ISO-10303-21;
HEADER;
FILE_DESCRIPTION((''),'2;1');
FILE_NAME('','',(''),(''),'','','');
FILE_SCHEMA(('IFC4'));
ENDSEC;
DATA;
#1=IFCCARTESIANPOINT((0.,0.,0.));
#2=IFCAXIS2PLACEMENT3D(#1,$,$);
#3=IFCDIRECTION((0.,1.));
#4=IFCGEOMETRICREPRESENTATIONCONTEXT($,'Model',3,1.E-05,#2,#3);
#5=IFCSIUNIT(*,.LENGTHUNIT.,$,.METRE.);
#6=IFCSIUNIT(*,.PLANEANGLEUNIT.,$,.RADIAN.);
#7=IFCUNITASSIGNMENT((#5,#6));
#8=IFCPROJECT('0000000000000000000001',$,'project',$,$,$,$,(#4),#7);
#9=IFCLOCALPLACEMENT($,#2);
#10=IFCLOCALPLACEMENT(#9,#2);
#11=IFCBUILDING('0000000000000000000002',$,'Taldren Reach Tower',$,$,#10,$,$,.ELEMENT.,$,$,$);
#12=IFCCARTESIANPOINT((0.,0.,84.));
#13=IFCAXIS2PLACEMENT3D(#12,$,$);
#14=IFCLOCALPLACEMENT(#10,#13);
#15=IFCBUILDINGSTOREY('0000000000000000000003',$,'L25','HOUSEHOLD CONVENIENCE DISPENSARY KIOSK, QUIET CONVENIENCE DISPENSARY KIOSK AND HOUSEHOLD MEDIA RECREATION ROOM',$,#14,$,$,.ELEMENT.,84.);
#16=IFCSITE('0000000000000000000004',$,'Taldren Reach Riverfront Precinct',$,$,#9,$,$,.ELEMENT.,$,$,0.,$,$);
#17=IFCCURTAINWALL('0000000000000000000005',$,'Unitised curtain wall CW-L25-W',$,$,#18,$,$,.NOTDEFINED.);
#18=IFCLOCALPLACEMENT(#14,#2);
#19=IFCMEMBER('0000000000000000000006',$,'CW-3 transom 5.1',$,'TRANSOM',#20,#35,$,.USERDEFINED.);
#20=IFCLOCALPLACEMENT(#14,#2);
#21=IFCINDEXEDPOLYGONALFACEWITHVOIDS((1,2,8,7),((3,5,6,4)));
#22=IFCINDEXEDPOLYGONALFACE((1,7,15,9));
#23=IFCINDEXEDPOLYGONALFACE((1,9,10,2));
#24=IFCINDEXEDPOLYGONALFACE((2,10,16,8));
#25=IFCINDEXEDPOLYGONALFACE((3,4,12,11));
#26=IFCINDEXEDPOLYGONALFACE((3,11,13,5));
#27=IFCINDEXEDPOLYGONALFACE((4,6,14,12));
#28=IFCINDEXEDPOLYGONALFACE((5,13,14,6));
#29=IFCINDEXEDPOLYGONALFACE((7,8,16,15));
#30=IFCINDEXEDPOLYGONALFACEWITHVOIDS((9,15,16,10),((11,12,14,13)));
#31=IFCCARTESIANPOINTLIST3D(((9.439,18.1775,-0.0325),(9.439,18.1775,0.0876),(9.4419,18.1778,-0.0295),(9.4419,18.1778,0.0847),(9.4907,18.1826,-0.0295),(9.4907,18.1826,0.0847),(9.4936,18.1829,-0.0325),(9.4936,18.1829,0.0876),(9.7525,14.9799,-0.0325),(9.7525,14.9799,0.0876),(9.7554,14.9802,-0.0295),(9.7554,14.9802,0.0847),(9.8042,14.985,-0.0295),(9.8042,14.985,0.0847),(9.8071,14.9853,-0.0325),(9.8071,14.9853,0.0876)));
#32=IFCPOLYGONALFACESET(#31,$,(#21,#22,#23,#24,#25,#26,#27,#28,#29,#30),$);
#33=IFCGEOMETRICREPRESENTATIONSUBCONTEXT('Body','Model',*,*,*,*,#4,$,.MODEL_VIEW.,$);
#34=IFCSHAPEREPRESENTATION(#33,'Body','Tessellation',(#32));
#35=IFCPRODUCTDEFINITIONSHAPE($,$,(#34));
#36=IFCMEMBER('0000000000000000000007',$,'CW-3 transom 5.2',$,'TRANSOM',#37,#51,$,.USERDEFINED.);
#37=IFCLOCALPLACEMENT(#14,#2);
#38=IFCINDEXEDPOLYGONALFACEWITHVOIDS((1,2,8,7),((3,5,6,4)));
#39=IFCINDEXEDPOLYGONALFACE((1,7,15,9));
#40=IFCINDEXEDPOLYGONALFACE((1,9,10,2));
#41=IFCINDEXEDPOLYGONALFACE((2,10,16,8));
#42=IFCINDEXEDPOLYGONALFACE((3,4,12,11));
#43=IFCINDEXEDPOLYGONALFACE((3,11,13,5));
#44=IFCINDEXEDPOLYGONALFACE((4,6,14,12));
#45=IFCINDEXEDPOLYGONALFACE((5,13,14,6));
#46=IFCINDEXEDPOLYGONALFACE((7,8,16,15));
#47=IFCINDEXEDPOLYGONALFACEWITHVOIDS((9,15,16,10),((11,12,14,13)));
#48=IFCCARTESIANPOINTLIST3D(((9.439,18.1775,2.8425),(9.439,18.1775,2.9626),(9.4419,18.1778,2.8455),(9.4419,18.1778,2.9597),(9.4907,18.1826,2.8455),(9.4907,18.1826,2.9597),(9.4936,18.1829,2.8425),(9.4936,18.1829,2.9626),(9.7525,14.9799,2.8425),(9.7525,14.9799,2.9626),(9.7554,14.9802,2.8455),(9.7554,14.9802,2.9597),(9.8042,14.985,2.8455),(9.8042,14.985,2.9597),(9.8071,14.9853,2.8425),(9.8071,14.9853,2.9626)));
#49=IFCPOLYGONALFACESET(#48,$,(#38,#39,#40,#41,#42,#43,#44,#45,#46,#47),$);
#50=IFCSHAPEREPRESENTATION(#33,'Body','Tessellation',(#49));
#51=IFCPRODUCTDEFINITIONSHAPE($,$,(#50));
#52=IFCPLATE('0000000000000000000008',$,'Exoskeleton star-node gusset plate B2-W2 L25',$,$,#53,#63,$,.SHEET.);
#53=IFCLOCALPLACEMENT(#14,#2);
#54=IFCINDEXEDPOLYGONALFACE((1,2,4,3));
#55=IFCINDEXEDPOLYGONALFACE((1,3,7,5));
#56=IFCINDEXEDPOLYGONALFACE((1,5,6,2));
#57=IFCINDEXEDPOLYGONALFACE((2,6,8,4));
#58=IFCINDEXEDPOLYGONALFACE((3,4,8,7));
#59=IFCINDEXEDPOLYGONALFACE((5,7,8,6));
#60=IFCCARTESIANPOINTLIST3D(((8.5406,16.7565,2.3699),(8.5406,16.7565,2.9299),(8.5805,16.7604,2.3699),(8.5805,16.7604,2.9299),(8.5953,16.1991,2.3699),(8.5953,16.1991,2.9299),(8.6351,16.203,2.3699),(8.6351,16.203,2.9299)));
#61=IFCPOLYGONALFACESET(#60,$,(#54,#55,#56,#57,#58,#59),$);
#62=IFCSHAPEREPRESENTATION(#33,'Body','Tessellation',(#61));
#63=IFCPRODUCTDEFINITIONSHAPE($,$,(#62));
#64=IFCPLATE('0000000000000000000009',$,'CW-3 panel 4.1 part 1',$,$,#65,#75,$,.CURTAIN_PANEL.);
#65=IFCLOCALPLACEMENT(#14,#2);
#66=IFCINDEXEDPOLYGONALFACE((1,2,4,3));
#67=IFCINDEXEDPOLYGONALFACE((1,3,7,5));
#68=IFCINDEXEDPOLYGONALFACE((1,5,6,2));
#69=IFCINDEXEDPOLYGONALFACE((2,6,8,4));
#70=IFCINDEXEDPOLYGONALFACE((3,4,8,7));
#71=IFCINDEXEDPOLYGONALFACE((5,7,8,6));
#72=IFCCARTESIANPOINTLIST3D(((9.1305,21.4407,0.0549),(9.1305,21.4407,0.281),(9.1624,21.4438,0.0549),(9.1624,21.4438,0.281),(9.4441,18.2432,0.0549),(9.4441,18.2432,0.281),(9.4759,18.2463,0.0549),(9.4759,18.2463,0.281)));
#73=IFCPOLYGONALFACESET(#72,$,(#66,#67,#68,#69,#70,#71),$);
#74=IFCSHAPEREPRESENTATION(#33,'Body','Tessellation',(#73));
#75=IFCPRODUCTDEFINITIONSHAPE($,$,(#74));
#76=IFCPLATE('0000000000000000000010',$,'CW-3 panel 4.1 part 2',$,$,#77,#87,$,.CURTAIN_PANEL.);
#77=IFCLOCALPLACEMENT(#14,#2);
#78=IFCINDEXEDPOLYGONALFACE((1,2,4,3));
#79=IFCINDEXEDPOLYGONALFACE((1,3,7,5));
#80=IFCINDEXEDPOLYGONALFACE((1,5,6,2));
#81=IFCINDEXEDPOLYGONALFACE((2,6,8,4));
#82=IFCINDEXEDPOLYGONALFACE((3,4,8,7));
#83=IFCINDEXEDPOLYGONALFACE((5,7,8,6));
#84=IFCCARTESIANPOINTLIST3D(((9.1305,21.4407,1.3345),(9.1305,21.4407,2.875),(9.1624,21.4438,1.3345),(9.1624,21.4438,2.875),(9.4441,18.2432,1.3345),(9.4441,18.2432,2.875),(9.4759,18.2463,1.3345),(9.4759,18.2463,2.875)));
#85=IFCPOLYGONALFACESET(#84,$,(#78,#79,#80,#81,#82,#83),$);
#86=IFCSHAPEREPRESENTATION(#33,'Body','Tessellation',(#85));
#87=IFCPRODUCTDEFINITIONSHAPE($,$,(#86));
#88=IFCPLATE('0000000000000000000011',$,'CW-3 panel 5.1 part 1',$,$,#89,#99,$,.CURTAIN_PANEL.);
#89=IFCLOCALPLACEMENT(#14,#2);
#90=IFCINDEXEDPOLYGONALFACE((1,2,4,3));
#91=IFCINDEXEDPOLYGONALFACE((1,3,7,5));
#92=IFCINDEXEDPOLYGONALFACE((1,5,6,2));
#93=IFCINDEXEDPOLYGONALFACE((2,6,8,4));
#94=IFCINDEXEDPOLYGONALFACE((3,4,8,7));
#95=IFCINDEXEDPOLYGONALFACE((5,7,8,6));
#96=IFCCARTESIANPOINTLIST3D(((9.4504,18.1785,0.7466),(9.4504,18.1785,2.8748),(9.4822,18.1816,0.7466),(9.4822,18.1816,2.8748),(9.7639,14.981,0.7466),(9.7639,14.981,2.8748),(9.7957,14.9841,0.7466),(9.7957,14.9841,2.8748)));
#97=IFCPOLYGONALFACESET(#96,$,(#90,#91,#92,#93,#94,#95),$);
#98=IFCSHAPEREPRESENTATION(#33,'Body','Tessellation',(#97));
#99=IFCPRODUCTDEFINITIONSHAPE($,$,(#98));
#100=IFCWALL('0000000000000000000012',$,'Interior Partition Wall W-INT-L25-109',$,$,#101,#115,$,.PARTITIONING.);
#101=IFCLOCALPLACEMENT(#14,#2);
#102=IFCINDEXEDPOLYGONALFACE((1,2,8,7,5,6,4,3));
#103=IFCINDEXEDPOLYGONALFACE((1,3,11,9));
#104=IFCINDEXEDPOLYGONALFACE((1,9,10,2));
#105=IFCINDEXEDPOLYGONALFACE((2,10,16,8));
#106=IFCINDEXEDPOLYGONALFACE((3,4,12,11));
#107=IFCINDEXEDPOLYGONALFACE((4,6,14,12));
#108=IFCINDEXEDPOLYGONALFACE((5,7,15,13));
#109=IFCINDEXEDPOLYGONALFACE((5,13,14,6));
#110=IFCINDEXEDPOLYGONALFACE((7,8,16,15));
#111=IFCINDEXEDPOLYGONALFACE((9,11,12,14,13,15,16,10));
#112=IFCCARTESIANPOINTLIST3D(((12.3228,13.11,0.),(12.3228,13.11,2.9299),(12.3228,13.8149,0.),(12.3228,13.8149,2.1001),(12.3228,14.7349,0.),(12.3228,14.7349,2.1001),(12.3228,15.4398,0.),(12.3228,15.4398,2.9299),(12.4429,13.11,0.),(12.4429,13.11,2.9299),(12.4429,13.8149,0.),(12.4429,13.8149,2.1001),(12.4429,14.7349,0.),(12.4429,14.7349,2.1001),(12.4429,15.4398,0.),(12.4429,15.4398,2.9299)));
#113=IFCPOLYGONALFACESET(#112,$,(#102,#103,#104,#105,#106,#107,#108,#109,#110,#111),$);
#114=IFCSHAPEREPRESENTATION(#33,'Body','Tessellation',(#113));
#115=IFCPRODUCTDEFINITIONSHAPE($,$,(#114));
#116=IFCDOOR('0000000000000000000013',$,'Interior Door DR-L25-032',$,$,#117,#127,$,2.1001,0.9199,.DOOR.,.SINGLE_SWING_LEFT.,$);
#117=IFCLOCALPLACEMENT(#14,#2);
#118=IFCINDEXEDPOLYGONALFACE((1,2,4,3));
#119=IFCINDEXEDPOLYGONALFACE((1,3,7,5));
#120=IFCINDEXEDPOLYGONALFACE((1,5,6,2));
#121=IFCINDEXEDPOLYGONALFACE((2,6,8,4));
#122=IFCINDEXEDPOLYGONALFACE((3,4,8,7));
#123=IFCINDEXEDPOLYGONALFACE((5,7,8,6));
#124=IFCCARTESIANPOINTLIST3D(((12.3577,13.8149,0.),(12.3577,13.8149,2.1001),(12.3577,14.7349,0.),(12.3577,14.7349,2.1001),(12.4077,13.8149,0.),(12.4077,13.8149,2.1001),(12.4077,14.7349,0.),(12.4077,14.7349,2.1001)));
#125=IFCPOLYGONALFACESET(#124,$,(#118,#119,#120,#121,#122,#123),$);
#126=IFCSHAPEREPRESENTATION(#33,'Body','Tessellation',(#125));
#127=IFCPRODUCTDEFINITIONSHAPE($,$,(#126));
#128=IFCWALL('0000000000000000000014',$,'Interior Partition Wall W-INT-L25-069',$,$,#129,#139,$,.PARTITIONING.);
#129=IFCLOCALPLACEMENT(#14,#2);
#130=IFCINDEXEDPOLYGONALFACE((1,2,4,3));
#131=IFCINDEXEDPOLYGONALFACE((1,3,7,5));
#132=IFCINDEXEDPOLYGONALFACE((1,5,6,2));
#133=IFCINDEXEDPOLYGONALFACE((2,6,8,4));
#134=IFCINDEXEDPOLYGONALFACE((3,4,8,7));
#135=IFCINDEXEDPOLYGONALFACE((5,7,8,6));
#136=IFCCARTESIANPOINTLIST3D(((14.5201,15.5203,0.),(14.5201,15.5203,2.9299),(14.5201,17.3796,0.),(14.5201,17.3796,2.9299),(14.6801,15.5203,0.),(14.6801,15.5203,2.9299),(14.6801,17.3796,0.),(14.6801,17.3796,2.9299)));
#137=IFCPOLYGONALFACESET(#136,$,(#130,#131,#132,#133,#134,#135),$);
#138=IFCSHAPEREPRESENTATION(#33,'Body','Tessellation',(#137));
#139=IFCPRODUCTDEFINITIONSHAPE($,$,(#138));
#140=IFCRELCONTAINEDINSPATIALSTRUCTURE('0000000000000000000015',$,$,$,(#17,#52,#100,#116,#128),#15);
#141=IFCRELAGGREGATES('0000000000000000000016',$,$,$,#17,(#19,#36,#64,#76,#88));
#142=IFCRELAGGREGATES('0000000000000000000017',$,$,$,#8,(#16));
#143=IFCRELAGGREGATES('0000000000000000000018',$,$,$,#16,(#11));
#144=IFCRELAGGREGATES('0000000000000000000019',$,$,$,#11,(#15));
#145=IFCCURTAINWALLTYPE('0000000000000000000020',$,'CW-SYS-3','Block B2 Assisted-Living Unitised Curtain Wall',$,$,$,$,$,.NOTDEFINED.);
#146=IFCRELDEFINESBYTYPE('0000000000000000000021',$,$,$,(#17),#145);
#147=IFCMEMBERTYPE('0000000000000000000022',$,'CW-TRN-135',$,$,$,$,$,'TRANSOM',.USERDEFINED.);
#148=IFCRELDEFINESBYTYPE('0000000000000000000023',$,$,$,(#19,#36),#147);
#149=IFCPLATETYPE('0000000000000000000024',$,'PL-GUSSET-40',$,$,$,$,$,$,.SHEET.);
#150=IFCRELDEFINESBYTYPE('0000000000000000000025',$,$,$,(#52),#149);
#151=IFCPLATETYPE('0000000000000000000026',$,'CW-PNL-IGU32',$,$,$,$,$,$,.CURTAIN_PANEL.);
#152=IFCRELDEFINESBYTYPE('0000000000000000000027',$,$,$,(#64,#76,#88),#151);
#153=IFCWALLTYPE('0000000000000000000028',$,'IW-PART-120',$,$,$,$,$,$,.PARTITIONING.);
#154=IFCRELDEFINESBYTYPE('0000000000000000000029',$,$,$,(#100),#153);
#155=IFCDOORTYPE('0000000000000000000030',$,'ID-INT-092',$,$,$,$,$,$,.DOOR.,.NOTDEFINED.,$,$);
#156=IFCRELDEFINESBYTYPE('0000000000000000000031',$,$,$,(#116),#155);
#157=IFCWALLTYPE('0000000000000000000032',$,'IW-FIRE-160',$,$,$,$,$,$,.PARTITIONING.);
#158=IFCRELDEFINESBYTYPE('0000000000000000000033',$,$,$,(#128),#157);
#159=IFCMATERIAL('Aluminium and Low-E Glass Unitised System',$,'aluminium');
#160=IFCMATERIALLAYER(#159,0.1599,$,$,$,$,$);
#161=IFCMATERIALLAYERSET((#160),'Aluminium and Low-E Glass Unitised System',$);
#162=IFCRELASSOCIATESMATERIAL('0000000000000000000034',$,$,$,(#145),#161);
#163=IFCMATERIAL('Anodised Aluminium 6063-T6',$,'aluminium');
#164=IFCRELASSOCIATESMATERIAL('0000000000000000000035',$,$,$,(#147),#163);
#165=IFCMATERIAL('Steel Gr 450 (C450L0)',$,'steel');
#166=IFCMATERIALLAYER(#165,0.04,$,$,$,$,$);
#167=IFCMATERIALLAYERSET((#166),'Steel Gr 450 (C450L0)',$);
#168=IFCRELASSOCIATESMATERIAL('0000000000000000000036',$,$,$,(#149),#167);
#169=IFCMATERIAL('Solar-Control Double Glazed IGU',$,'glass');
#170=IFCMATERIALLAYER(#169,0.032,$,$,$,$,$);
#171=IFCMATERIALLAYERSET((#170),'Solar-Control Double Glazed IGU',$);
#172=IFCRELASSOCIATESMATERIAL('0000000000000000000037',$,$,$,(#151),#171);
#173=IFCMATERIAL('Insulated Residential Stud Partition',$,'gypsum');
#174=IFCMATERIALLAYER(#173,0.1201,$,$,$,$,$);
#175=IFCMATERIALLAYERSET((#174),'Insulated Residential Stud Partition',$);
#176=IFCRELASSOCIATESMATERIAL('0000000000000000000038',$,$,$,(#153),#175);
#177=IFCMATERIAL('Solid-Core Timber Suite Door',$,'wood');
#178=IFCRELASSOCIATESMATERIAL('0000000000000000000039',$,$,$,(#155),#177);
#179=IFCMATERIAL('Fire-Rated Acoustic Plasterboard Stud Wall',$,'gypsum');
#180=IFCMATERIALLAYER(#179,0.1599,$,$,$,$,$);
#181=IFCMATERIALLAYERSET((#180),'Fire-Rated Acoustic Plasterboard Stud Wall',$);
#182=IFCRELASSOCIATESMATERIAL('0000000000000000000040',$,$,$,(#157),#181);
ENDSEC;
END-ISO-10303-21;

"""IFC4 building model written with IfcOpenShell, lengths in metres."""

from ifc_helpers import new_model, si_unit, direction, frame, frame_2d, origin, origin_2d, place, context, subcontext, project, spatial, rectangle, hollow_rectangle, extrude, source, transform, mapped, material, layer, layer_set, material_profile, profile_set, type_object, element, fill, aggregate, save


model = new_model("IFC4")

# Units and contexts
model_context = context("Model", 3, precision=1e-05, world=origin(), true_north=direction((0.0, 1.0)))
body_context = subcontext(model_context, "Body", "Model", "MODEL_VIEW")
ifc_project = project(units=[si_unit("LENGTHUNIT", "METRE"), si_unit("PLANEANGLEUNIT", "RADIAN")], contexts=[model_context])

# Site, building, storey
site_placement = place(None, origin())
site = spatial("IfcSite", under=ifc_project, at=site_placement, Name="Taldren Reach Riverfront Precinct", CompositionType="ELEMENT", RefElevation=0.0)
building_placement = place(site_placement, origin())
building = spatial("IfcBuilding", under=site, at=building_placement, Name="Taldren Reach Tower", CompositionType="ELEMENT")
storey_placement = place(building_placement, frame((0.0, 0.0, 84.0)))
storey = spatial("IfcBuildingStorey", under=building, at=storey_placement, Name="L25", Description="HOUSEHOLD CONVENIENCE DISPENSARY KIOSK, QUIET CONVENIENCE DISPENSARY KIOSK AND HOUSEHOLD MEDIA RECREATION ROOM", CompositionType="ELEMENT", Elevation=84.0)

# Shared definitions
ifc_material_1 = material(Name="Steel Gr 450 (C450L0)", Category="steel")

# Curtain wall, members
ifc_material_2 = material(Name="Aluminium and Low-E Glass Unitised System", Category="aluminium")
ifc_layer_1 = layer(ifc_material_2, 0.1599)
ifc_layer_set_1 = layer_set([ifc_layer_1], Name="Aluminium and Low-E Glass Unitised System")
curtain_wall_type = type_object("IfcCurtainWallType", Name="CW-SYS-3", Description="Block B2 Assisted-Living Unitised Curtain Wall", PredefinedType="NOTDEFINED", material=ifc_layer_set_1)
curtain_wall_placement = place(storey_placement, origin())
curtain_wall = element("IfcCurtainWall", 1, at=curtain_wall_placement, inside=storey, type_object=curtain_wall_type, Name="Unitised curtain wall CW-L25-W", PredefinedType="NOTDEFINED")
ifc_material_3 = material(Name="Anodised Aluminium 6063-T6", Category="aluminium")
ifc_material_profile_1 = material_profile(ifc_material_3, hollow_rectangle(XDim=0.0549, YDim=0.1201, WallThickness=0.0029, at=origin_2d()), Name="ALU-120x55x3RHS")
ifc_profile_set_1 = profile_set([ifc_material_profile_1], Name="Anodised Aluminium 6063-T6")
member_type_1 = type_object("IfcMemberType", Name="CW-TRN-135", ElementType="TRANSOM", PredefinedType="USERDEFINED", material=ifc_profile_set_1)
shared_shape_1 = source(origin(), body_context, "Body", "SweptSolid", [
    extrude(hollow_rectangle(XDim=0.0549, YDim=0.1201, WallThickness=0.0029, at=origin_2d()), origin(), (0.0, 0.0, 1.0), 3.2129),
])
member_1_placement = place(storey_placement, frame((9.4663, 18.1802, 0.0276), z_axis=(0.09757, -0.995229, 0.0), x_axis=(0.995229, 0.09757, 0.0)))
member_1 = element("IfcMember", 2, at=member_1_placement, type_object=member_type_1, Name="CW-3 transom 5.1", ObjectType="TRANSOM", PredefinedType="USERDEFINED", context=body_context, shape_type="MappedRepresentation", body=[
    mapped(shared_shape_1, transform((0.0, 0.0, 0.0), scale=1.0)),
])
member_2_placement = place(storey_placement, frame((9.4663, 18.1802, 2.9026), z_axis=(0.09757, -0.995229, 0.0), x_axis=(0.995229, 0.09757, 0.0)))
member_2 = element("IfcMember", 3, at=member_2_placement, type_object=member_type_1, Name="CW-3 transom 5.2", ObjectType="TRANSOM", PredefinedType="USERDEFINED", context=body_context, shape_type="MappedRepresentation", body=[
    mapped(shared_shape_1, transform((0.0, 0.0, 0.0), scale=1.0)),
])

# Plates
ifc_layer_2 = layer(ifc_material_1, 0.04)
ifc_layer_set_2 = layer_set([ifc_layer_2], Name="Steel Gr 450 (C450L0)")
plate_type_1 = type_object("IfcPlateType", Name="PL-GUSSET-40", PredefinedType="SHEET", material=ifc_layer_set_2)
shared_shape_2 = source(origin(), body_context, "Body", "SweptSolid", [
    extrude(rectangle(XDim=0.5601, YDim=0.04, at=origin_2d()), origin(), (0.0, 0.0, 1.0), 0.5601),
])
plate_1_placement = place(storey_placement, frame((8.5879, 16.4797, 2.3699), z_axis=(0.0, 0.0, 1.0), x_axis=(-0.097583, 0.995227, 0.0)))
element("IfcPlate", 4, at=plate_1_placement, inside=storey, type_object=plate_type_1, Name="Exoskeleton star-node gusset plate B2-W2 L25", PredefinedType="SHEET", context=body_context, shape_type="MappedRepresentation", body=[
    mapped(shared_shape_2, transform((0.0, 0.0, 0.0), scale=1.0)),
])
ifc_material_4 = material(Name="Solar-Control Double Glazed IGU", Category="glass")
ifc_layer_3 = layer(ifc_material_4, 0.032)
ifc_layer_set_3 = layer_set([ifc_layer_3], Name="Solar-Control Double Glazed IGU")
plate_type_2 = type_object("IfcPlateType", Name="CW-PNL-IGU32", PredefinedType="CURTAIN_PANEL", material=ifc_layer_set_3)
shared_shape_3 = source(origin(), body_context, "Body", "SweptSolid", [
    extrude(rectangle(XDim=3.2129, YDim=0.032, at=origin_2d()), origin(), (0.0, 0.0, 1.0), 0.2261),
])
plate_2_placement = place(storey_placement, frame((9.3032, 19.8435, 0.0549), z_axis=(0.0, 0.0, 1.0), x_axis=(0.097583, -0.995227, 0.0)))
plate_2 = element("IfcPlate", 5, at=plate_2_placement, type_object=plate_type_2, Name="CW-3 panel 4.1 part 1", PredefinedType="CURTAIN_PANEL", context=body_context, shape_type="MappedRepresentation", body=[
    mapped(shared_shape_3, transform((0.0, 0.0, 0.0), scale=1.0)),
])
shared_shape_4 = source(origin(), body_context, "Body", "SweptSolid", [
    extrude(rectangle(XDim=3.2129, YDim=0.032, at=origin_2d()), origin(), (0.0, 0.0, 1.0), 1.5405),
])
plate_3_placement = place(storey_placement, frame((9.3032, 19.8435, 1.3345), z_axis=(0.0, 0.0, 1.0), x_axis=(0.097583, -0.995227, 0.0)))
plate_3 = element("IfcPlate", 6, at=plate_3_placement, type_object=plate_type_2, Name="CW-3 panel 4.1 part 2", PredefinedType="CURTAIN_PANEL", context=body_context, shape_type="MappedRepresentation", body=[
    mapped(shared_shape_4, transform((0.0, 0.0, 0.0), scale=1.0)),
])
shared_shape_5 = source(origin(), body_context, "Body", "SweptSolid", [
    extrude(rectangle(XDim=3.2129, YDim=0.032, at=origin_2d()), origin(), (0.0, 0.0, 1.0), 2.1282),
])
plate_4_placement = place(storey_placement, frame((9.623, 16.5813, 0.7466), z_axis=(0.0, 0.0, 1.0), x_axis=(0.097583, -0.995227, 0.0)))
plate_4 = element("IfcPlate", 7, at=plate_4_placement, type_object=plate_type_2, Name="CW-3 panel 5.1 part 1", PredefinedType="CURTAIN_PANEL", context=body_context, shape_type="MappedRepresentation", body=[
    mapped(shared_shape_5, transform((0.0, 0.0, 0.0), scale=1.0)),
])
aggregate(curtain_wall, [member_1, member_2, plate_2, plate_3, plate_4])

# Wall, opening, door
ifc_material_5 = material(Name="Insulated Residential Stud Partition", Category="gypsum")
ifc_layer_4 = layer(ifc_material_5, 0.1201)
ifc_layer_set_4 = layer_set([ifc_layer_4], Name="Insulated Residential Stud Partition")
wall_type_1 = type_object("IfcWallType", Name="IW-PART-120", PredefinedType="PARTITIONING", material=ifc_layer_set_4)
shared_shape_6 = source(origin(), body_context, "Body", "SweptSolid", [
    extrude(rectangle(XDim=2.3298, YDim=0.1201, at=frame_2d((1.165, 0.0))), origin(), (0.0, 0.0, 1.0), 2.9299),
])
wall_1_placement = place(storey_placement, frame((12.3828, 15.4399, 0.0), z_axis=(0.0, 0.0, 1.0), x_axis=(0.0, -1.0, 0.0)))
wall_1 = element("IfcWall", 8, at=wall_1_placement, inside=storey, type_object=wall_type_1, Name="Interior Partition Wall W-INT-L25-109", PredefinedType="PARTITIONING", context=body_context, shape_type="MappedRepresentation", body=[
    mapped(shared_shape_6, transform((0.0, 0.0, 0.0), scale=1.0)),
])
shared_shape_7 = source(origin(), body_context, "Body", "SweptSolid", [
    extrude(rectangle(XDim=0.9199, YDim=2.1001, at=frame_2d((0.46, 1.05))), frame((0.0, 0.0701, 0.0), z_axis=(0.0, -1.0, 0.0), x_axis=(1.0, 0.0, 0.0)), (0.0, 0.0, 1.0), 0.1401),
])
opening_1_placement = place(wall_1_placement, frame((0.7051, 0.0, 0.0)))
opening_1 = element("IfcOpeningElement", 9, at=opening_1_placement, cuts=wall_1, PredefinedType="OPENING", context=body_context, shape_type="MappedRepresentation", body=[
    mapped(shared_shape_7, transform((0.0, 0.0, 0.0), scale=1.0)),
])
ifc_material_6 = material(Name="Solid-Core Timber Suite Door", Category="wood")
door_type_1 = type_object("IfcDoorType", Name="ID-INT-092", OperationType="NOTDEFINED", PredefinedType="DOOR", material=ifc_material_6)
shared_shape_8 = source(origin(), body_context, "Body", "SweptSolid", [
    extrude(rectangle(XDim=0.9199, YDim=2.1001, at=frame_2d((0.46, 1.05))), frame((0.0, 0.0249, 0.0), z_axis=(0.0, -1.0, 0.0), x_axis=(1.0, 0.0, 0.0)), (0.0, 0.0, 1.0), 0.05),
])
door_1_placement = place(opening_1_placement, origin())
door_1 = element("IfcDoor", 10, at=door_1_placement, inside=storey, type_object=door_type_1, Name="Interior Door DR-L25-032", OperationType="SINGLE_SWING_LEFT", OverallHeight=2.1001, OverallWidth=0.9199, PredefinedType="DOOR", context=body_context, shape_type="MappedRepresentation", body=[
    mapped(shared_shape_8, transform((0.0, 0.0, 0.0), scale=1.0)),
])
fill(opening_1, door_1)

# Wall
ifc_material_7 = material(Name="Fire-Rated Acoustic Plasterboard Stud Wall", Category="gypsum")
ifc_layer_5 = layer(ifc_material_7, 0.1599)
ifc_layer_set_5 = layer_set([ifc_layer_5], Name="Fire-Rated Acoustic Plasterboard Stud Wall")
wall_type_2 = type_object("IfcWallType", Name="IW-FIRE-160", PredefinedType="PARTITIONING", material=ifc_layer_set_5)
shared_shape_9 = source(origin(), body_context, "Body", "SweptSolid", [
    extrude(rectangle(XDim=1.8594, YDim=0.1599, at=frame_2d((0.9297, 0.0))), origin(), (0.0, 0.0, 1.0), 2.9299),
])
wall_2_placement = place(storey_placement, frame((14.6001, 15.5203, 0.0), z_axis=(0.0, 0.0, 1.0), x_axis=(0.0, 1.0, 0.0)))
element("IfcWall", 11, at=wall_2_placement, inside=storey, type_object=wall_type_2, Name="Interior Partition Wall W-INT-L25-069", PredefinedType="PARTITIONING", context=body_context, shape_type="MappedRepresentation", body=[
    mapped(shared_shape_9, transform((0.0, 0.0, 0.0), scale=1.0)),
])

save(model, "model.ifc")
